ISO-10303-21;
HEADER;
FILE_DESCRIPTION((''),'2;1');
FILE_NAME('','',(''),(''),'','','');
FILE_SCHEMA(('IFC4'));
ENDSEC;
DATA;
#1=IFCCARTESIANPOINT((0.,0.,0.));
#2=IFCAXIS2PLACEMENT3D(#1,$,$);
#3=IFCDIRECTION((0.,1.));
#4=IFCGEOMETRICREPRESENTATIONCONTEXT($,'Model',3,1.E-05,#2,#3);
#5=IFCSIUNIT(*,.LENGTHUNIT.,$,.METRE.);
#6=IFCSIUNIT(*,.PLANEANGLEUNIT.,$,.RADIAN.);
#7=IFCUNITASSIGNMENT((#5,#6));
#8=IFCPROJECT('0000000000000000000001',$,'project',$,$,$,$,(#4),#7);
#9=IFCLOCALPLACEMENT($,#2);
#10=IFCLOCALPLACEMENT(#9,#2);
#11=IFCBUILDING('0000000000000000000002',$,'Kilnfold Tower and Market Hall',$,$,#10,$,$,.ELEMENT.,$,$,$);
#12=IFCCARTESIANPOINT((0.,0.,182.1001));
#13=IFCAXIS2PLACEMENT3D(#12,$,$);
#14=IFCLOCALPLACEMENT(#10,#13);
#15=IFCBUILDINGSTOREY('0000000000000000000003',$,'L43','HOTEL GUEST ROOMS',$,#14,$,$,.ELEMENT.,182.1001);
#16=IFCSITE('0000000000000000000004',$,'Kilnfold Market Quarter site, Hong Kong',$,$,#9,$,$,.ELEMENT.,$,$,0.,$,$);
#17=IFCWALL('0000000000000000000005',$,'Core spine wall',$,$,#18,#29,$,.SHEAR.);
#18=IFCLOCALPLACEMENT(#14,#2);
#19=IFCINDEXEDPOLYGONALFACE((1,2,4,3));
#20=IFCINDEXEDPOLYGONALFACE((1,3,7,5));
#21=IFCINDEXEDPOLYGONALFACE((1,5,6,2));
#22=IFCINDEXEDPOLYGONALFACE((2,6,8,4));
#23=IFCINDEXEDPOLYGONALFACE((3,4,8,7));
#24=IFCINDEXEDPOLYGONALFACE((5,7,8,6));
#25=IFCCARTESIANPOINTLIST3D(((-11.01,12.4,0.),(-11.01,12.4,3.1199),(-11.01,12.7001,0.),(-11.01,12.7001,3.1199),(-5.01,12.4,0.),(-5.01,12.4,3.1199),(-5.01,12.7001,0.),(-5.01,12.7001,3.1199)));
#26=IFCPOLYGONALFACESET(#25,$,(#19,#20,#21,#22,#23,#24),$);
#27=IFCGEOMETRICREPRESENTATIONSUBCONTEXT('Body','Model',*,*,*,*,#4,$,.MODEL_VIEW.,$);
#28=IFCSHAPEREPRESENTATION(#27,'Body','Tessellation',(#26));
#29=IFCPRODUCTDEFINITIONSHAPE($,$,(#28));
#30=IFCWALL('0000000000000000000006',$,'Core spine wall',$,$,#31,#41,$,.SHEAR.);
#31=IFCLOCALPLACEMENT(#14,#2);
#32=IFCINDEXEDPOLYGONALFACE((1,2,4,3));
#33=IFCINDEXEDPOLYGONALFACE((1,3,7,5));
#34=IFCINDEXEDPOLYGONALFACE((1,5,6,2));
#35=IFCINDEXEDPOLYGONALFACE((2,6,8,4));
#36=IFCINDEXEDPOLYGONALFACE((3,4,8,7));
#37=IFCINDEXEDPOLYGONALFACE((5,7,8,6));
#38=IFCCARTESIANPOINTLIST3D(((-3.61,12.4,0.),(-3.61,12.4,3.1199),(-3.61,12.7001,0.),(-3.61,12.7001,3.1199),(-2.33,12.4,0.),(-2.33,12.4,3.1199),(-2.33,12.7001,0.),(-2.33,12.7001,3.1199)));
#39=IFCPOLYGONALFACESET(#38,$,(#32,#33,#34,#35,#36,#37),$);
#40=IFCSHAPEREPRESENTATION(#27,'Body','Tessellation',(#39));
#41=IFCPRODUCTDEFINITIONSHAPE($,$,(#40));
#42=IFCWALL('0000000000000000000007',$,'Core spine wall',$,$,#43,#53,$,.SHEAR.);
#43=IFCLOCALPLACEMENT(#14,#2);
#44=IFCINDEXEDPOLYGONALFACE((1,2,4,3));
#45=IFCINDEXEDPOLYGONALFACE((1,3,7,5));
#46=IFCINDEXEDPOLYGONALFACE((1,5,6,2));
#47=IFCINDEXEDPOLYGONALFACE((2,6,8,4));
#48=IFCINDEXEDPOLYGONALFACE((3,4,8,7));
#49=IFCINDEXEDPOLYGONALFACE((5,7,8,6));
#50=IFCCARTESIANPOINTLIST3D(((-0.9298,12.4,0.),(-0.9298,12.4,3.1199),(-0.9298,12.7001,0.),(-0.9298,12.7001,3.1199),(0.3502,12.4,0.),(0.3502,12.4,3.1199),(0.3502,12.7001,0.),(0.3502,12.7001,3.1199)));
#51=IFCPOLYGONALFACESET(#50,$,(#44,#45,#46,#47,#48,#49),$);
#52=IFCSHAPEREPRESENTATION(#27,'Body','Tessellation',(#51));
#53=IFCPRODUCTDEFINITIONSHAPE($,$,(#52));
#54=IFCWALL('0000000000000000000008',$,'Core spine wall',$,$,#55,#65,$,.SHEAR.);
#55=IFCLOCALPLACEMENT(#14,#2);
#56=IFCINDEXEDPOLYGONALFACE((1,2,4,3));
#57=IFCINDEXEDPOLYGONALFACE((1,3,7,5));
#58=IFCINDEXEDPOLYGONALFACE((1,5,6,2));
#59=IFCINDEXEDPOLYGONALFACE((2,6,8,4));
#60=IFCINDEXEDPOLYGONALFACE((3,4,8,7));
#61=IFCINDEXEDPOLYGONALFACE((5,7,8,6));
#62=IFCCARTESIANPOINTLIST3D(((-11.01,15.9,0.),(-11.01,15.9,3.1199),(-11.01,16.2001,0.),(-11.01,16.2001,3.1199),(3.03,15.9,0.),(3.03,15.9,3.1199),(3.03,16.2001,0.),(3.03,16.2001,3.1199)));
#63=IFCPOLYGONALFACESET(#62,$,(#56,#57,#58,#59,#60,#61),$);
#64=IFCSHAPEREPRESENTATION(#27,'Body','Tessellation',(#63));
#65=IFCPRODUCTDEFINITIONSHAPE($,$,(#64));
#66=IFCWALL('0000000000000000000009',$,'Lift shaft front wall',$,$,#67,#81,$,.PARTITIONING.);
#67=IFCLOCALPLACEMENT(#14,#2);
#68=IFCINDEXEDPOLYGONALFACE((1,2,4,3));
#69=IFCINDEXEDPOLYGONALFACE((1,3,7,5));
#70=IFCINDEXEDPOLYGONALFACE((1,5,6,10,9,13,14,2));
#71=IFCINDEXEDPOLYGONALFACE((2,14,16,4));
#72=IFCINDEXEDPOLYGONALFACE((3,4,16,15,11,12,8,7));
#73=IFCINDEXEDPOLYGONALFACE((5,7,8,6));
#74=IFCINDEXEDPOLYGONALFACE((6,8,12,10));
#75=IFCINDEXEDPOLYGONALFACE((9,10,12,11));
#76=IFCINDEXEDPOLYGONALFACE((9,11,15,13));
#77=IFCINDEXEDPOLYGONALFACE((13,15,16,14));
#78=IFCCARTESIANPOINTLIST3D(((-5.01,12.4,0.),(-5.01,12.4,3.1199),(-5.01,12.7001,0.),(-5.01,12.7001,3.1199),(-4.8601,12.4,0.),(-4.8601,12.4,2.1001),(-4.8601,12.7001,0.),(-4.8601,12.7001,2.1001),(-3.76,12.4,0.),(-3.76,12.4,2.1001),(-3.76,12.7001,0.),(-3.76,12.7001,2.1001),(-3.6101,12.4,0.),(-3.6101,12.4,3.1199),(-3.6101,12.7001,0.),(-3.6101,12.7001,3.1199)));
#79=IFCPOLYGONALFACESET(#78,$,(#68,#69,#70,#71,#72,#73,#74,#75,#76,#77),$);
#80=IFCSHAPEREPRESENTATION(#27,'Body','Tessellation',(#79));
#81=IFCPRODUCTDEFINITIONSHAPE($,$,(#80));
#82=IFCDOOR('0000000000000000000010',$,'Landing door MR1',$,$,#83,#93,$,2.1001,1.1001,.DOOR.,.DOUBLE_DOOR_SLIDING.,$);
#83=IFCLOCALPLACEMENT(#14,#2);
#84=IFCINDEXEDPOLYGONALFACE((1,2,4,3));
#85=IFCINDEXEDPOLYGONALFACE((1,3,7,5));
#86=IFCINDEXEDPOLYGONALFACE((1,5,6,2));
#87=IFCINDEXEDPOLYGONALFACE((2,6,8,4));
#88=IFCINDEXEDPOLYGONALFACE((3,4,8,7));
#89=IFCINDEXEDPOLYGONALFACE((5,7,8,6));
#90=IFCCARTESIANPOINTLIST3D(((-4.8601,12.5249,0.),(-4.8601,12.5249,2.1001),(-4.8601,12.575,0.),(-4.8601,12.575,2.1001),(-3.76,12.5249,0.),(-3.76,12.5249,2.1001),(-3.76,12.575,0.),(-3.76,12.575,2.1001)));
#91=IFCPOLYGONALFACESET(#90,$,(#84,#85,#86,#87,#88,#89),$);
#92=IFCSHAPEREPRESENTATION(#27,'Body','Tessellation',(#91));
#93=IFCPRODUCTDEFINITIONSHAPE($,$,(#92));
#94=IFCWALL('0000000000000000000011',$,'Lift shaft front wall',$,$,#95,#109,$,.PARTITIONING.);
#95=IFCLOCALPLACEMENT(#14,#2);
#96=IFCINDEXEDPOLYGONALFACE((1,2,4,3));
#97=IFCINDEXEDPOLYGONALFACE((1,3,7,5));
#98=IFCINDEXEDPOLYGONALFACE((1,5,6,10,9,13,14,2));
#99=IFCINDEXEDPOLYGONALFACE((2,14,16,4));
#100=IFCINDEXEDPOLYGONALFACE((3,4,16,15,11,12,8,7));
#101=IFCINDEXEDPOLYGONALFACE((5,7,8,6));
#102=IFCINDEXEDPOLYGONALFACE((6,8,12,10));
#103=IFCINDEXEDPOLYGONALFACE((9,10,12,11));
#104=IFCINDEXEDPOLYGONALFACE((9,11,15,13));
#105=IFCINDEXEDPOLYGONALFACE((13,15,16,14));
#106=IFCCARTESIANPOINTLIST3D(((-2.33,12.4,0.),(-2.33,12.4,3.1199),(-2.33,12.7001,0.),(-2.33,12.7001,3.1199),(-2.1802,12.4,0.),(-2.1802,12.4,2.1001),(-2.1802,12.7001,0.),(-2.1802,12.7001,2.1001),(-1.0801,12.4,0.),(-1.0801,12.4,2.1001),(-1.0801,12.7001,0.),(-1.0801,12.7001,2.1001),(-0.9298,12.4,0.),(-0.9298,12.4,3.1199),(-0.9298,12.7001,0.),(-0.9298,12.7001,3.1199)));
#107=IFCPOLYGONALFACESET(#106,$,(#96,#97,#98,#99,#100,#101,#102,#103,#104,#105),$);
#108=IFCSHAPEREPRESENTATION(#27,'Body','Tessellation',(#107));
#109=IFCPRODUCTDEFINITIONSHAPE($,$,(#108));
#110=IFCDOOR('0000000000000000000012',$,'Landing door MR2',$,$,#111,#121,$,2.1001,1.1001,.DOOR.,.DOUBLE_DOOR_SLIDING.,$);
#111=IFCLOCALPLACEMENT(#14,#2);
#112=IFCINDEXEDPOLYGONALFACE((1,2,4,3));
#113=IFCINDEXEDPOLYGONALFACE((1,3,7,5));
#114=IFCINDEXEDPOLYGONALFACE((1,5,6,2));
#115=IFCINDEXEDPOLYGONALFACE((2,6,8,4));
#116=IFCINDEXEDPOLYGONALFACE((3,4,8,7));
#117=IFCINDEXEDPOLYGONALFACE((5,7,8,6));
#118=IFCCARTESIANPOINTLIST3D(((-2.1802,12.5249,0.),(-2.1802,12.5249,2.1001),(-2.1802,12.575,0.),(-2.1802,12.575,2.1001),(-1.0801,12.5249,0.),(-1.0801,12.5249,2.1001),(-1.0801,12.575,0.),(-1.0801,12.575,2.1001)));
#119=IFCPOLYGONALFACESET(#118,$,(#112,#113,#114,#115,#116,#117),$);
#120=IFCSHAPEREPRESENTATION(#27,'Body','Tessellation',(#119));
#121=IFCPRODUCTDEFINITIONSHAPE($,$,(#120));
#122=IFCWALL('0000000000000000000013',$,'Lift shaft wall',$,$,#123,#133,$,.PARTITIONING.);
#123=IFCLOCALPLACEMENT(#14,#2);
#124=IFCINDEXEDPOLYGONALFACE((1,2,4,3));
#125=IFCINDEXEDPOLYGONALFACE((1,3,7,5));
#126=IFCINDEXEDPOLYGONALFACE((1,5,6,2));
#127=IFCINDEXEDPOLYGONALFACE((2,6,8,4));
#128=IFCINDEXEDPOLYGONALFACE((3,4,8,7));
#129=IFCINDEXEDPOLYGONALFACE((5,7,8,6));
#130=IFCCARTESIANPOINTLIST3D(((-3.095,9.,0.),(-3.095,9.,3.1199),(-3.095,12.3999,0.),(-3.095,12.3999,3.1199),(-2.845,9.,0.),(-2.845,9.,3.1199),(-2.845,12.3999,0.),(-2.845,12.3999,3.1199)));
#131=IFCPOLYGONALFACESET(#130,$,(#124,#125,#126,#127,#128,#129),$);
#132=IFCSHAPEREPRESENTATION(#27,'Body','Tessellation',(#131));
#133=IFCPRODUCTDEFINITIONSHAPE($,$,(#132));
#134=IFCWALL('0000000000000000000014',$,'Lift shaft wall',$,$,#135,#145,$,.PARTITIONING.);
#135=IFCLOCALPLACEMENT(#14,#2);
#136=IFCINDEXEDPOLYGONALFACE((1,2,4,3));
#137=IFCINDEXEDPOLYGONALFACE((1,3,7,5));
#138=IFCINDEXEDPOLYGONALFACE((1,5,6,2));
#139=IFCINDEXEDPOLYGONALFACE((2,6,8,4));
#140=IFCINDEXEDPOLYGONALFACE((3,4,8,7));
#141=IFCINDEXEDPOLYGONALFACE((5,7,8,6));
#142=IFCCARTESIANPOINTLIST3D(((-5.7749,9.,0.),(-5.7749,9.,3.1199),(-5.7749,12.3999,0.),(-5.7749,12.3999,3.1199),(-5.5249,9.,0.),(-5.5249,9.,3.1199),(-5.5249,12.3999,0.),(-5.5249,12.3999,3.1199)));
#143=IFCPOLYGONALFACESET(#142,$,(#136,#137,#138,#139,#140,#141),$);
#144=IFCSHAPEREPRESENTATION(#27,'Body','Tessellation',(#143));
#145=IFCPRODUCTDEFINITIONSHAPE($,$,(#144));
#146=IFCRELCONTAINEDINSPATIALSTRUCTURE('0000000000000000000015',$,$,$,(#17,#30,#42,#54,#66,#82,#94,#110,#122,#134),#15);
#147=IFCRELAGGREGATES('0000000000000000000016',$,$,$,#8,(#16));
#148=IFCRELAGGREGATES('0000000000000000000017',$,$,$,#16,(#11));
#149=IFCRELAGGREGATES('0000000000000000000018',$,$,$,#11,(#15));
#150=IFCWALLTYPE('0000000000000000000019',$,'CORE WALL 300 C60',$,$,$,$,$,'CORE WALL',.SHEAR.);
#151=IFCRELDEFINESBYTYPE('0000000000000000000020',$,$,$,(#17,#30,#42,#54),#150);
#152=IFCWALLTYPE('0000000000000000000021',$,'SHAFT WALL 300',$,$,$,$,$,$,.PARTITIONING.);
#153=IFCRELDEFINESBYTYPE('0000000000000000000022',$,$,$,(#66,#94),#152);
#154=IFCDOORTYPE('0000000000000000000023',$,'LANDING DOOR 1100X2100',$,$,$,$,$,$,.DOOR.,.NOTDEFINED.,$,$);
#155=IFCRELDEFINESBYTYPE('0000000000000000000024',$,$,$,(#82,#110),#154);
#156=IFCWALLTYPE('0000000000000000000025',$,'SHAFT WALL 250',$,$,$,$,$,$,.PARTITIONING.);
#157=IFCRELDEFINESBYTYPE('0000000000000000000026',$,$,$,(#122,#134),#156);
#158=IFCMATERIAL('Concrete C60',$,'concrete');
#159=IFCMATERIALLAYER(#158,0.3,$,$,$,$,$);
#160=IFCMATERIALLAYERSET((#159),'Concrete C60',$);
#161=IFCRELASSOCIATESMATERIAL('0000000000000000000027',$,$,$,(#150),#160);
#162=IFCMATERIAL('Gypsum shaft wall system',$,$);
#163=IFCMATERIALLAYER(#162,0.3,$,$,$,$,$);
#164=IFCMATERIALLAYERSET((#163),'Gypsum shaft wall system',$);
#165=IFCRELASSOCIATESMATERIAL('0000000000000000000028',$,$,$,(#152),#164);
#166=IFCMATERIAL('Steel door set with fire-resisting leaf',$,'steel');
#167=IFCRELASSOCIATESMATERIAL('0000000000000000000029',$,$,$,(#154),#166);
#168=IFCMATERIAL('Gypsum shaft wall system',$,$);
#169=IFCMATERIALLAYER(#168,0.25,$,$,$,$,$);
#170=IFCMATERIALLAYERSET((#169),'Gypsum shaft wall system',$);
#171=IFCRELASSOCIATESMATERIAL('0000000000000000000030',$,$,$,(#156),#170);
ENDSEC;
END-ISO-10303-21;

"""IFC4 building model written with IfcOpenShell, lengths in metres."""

from ifc_helpers import new_model, si_unit, direction, frame, frame_2d, origin, place, context, subcontext, project, spatial, rectangle, extrude, source, transform, mapped, material, layer, layer_set, type_object, element, fill, save


model = new_model("IFC4")

# Units and contexts
model_context = context("Model", 3, precision=1e-05, world=origin(), true_north=direction((0.0, 1.0)))
body_context = subcontext(model_context, "Body", "Model", "MODEL_VIEW")
ifc_project = project(units=[si_unit("LENGTHUNIT", "METRE"), si_unit("PLANEANGLEUNIT", "RADIAN")], contexts=[model_context])

# Site, building, storey
site_placement = place(None, origin())
site = spatial("IfcSite", under=ifc_project, at=site_placement, Name="Kilnfold Market Quarter site, Hong Kong", CompositionType="ELEMENT", RefElevation=0.0)
building_placement = place(site_placement, origin())
building = spatial("IfcBuilding", under=site, at=building_placement, Name="Kilnfold Tower and Market Hall", CompositionType="ELEMENT")
storey_placement = place(building_placement, frame((0.0, 0.0, 182.1001)))
storey = spatial("IfcBuildingStorey", under=building, at=storey_placement, Name="L43", Description="HOTEL GUEST ROOMS", CompositionType="ELEMENT", Elevation=182.1001)

# Walls
ifc_material_1 = material(Name="Concrete C60", Category="concrete")
ifc_layer_1 = layer(ifc_material_1, 0.3)
ifc_layer_set_1 = layer_set([ifc_layer_1], Name="Concrete C60")
wall_type_1 = type_object("IfcWallType", Name="CORE WALL 300 C60", ElementType="CORE WALL", PredefinedType="SHEAR", material=ifc_layer_set_1)
shared_shape_1 = source(origin(), body_context, "Body", "SweptSolid", [
    extrude(rectangle(XDim=6.0, YDim=0.3, at=frame_2d((3.0, 0.0))), origin(), (0.0, 0.0, 1.0), 3.1199),
])
wall_1_placement = place(storey_placement, frame((-11.01, 12.55, 0.0), z_axis=(0.0, 0.0, 1.0), x_axis=(1.0, 0.0, 0.0)))
element("IfcWall", 1, at=wall_1_placement, inside=storey, type_object=wall_type_1, Name="Core spine wall", PredefinedType="SHEAR", context=body_context, shape_type="MappedRepresentation", body=[
    mapped(shared_shape_1, transform((0.0, 0.0, 0.0))),
])
shared_shape_2 = source(origin(), body_context, "Body", "SweptSolid", [
    extrude(rectangle(XDim=1.28, YDim=0.3, at=frame_2d((0.6401, 0.0))), origin(), (0.0, 0.0, 1.0), 3.1199),
])
for number, where, z_axis, x_axis, name in (
    (2, (-3.6101, 12.55, 0.0), (0.0, 0.0, 1.0), (1.0, 0.0, 0.0), "Core spine wall"),
    (3, (-0.9299, 12.55, 0.0), (0.0, 0.0, 1.0), (1.0, 0.0, 0.0), "Core spine wall"),
):
    element("IfcWall", number, at=place(storey_placement, frame(where, z_axis=z_axis, x_axis=x_axis)), inside=storey, type_object=wall_type_1, Name=name, PredefinedType="SHEAR", context=body_context, shape_type="MappedRepresentation", body=[
        mapped(shared_shape_2, transform((0.0, 0.0, 0.0))),
    ])
shared_shape_3 = source(origin(), body_context, "Body", "SweptSolid", [
    extrude(rectangle(XDim=14.04, YDim=0.3, at=frame_2d((7.02, 0.0))), origin(), (0.0, 0.0, 1.0), 3.1199),
])
wall_2_placement = place(storey_placement, frame((-11.01, 16.05, 0.0), z_axis=(0.0, 0.0, 1.0), x_axis=(1.0, 0.0, 0.0)))
element("IfcWall", 4, at=wall_2_placement, inside=storey, type_object=wall_type_1, Name="Core spine wall", PredefinedType="SHEAR", context=body_context, shape_type="MappedRepresentation", body=[
    mapped(shared_shape_3, transform((0.0, 0.0, 0.0))),
])

# Walls, openings, doors
ifc_material_2 = material(Name="Gypsum shaft wall system")
ifc_layer_2 = layer(ifc_material_2, 0.3)
ifc_layer_set_2 = layer_set([ifc_layer_2], Name="Gypsum shaft wall system")
wall_type_2 = type_object("IfcWallType", Name="SHAFT WALL 300", PredefinedType="PARTITIONING", material=ifc_layer_set_2)
shared_shape_4 = source(origin(), body_context, "Body", "SweptSolid", [
    extrude(rectangle(XDim=1.3999, YDim=0.3, at=frame_2d((0.7, 0.0))), origin(), (0.0, 0.0, 1.0), 3.1199),
])
wall_3_placement = place(storey_placement, frame((-5.01, 12.55, 0.0), z_axis=(0.0, 0.0, 1.0), x_axis=(1.0, 0.0, 0.0)))
wall_3 = element("IfcWall", 5, at=wall_3_placement, inside=storey, type_object=wall_type_2, Name="Lift shaft front wall", PredefinedType="PARTITIONING", context=body_context, shape_type="MappedRepresentation", body=[
    mapped(shared_shape_4, transform((0.0, 0.0, 0.0))),
])
opening_1_placement = place(wall_3_placement, frame((0.1499, 0.0, 0.0)))
opening_1 = element("IfcOpeningElement", 6, at=opening_1_placement, cuts=wall_3, PredefinedType="OPENING", context=body_context, shape_type="SweptSolid", body=[
    extrude(rectangle(XDim=1.1001, YDim=2.1001, at=frame_2d((0.55, 1.05))), frame((0.0, 0.1602, 0.0), z_axis=(0.0, -1.0, 0.0), x_axis=(1.0, 0.0, 0.0)), (0.0, 0.0, 1.0), 0.3201),
])
ifc_material_3 = material(Name="Steel door set with fire-resisting leaf", Category="steel")
door_type = type_object("IfcDoorType", Name="LANDING DOOR 1100X2100", OperationType="NOTDEFINED", PredefinedType="DOOR", material=ifc_material_3)
door_1_placement = place(opening_1_placement, origin())
door_1 = element("IfcDoor", 7, at=door_1_placement, inside=storey, type_object=door_type, Name="Landing door MR1", OperationType="DOUBLE_DOOR_SLIDING", OverallHeight=2.1001, OverallWidth=1.1001, PredefinedType="DOOR", context=body_context, shape_type="SweptSolid", body=[
    extrude(rectangle(XDim=1.1001, YDim=2.1001, at=frame_2d((0.55, 1.05))), frame((0.0, 0.0249, 0.0), z_axis=(0.0, -1.0, 0.0), x_axis=(1.0, 0.0, 0.0)), (0.0, 0.0, 1.0), 0.05),
])
fill(opening_1, door_1)
shared_shape_5 = source(origin(), body_context, "Body", "SweptSolid", [
    extrude(rectangle(XDim=1.4001, YDim=0.3, at=frame_2d((0.7002, 0.0))), origin(), (0.0, 0.0, 1.0), 3.1199),
])
wall_4_placement = place(storey_placement, frame((-2.3301, 12.55, 0.0), z_axis=(0.0, 0.0, 1.0), x_axis=(1.0, 0.0, 0.0)))
wall_4 = element("IfcWall", 8, at=wall_4_placement, inside=storey, type_object=wall_type_2, Name="Lift shaft front wall", PredefinedType="PARTITIONING", context=body_context, shape_type="MappedRepresentation", body=[
    mapped(shared_shape_5, transform((0.0, 0.0, 0.0))),
])
opening_2_placement = place(wall_4_placement, frame((0.1499, 0.0, 0.0)))
opening_2 = element("IfcOpeningElement", 9, at=opening_2_placement, cuts=wall_4, PredefinedType="OPENING", context=body_context, shape_type="SweptSolid", body=[
    extrude(rectangle(XDim=1.1001, YDim=2.1001, at=frame_2d((0.55, 1.05))), frame((0.0, 0.1602, 0.0), z_axis=(0.0, -1.0, 0.0), x_axis=(1.0, 0.0, 0.0)), (0.0, 0.0, 1.0), 0.3201),
])
door_2_placement = place(opening_2_placement, origin())
door_2 = element("IfcDoor", 10, at=door_2_placement, inside=storey, type_object=door_type, Name="Landing door MR2", OperationType="DOUBLE_DOOR_SLIDING", OverallHeight=2.1001, OverallWidth=1.1001, PredefinedType="DOOR", context=body_context, shape_type="SweptSolid", body=[
    extrude(rectangle(XDim=1.1001, YDim=2.1001, at=frame_2d((0.55, 1.05))), frame((0.0, 0.0249, 0.0), z_axis=(0.0, -1.0, 0.0), x_axis=(1.0, 0.0, 0.0)), (0.0, 0.0, 1.0), 0.05),
])
fill(opening_2, door_2)

# Walls
ifc_material_4 = material(Name="Gypsum shaft wall system")
ifc_layer_3 = layer(ifc_material_4, 0.25)
ifc_layer_set_3 = layer_set([ifc_layer_3], Name="Gypsum shaft wall system")
wall_type_3 = type_object("IfcWallType", Name="SHAFT WALL 250", PredefinedType="PARTITIONING", material=ifc_layer_set_3)
shared_shape_6 = source(origin(), body_context, "Body", "SweptSolid", [
    extrude(rectangle(XDim=3.3999, YDim=0.25, at=frame_2d((1.7, 0.0))), origin(), (0.0, 0.0, 1.0), 3.1199),
])
for number, where, z_axis, x_axis, name in (
    (11, (-2.97, 9.0, 0.0), (0.0, 0.0, 1.0), (0.0, 1.0, 0.0), "Lift shaft wall"),
    (12, (-5.6499, 9.0, 0.0), (0.0, 0.0, 1.0), (0.0, 1.0, 0.0), "Lift shaft wall"),
):
    element("IfcWall", number, at=place(storey_placement, frame(where, z_axis=z_axis, x_axis=x_axis)), inside=storey, type_object=wall_type_3, Name=name, PredefinedType="PARTITIONING", context=body_context, shape_type="MappedRepresentation", body=[
        mapped(shared_shape_6, transform((0.0, 0.0, 0.0))),
    ])

save(model, "model.ifc")
